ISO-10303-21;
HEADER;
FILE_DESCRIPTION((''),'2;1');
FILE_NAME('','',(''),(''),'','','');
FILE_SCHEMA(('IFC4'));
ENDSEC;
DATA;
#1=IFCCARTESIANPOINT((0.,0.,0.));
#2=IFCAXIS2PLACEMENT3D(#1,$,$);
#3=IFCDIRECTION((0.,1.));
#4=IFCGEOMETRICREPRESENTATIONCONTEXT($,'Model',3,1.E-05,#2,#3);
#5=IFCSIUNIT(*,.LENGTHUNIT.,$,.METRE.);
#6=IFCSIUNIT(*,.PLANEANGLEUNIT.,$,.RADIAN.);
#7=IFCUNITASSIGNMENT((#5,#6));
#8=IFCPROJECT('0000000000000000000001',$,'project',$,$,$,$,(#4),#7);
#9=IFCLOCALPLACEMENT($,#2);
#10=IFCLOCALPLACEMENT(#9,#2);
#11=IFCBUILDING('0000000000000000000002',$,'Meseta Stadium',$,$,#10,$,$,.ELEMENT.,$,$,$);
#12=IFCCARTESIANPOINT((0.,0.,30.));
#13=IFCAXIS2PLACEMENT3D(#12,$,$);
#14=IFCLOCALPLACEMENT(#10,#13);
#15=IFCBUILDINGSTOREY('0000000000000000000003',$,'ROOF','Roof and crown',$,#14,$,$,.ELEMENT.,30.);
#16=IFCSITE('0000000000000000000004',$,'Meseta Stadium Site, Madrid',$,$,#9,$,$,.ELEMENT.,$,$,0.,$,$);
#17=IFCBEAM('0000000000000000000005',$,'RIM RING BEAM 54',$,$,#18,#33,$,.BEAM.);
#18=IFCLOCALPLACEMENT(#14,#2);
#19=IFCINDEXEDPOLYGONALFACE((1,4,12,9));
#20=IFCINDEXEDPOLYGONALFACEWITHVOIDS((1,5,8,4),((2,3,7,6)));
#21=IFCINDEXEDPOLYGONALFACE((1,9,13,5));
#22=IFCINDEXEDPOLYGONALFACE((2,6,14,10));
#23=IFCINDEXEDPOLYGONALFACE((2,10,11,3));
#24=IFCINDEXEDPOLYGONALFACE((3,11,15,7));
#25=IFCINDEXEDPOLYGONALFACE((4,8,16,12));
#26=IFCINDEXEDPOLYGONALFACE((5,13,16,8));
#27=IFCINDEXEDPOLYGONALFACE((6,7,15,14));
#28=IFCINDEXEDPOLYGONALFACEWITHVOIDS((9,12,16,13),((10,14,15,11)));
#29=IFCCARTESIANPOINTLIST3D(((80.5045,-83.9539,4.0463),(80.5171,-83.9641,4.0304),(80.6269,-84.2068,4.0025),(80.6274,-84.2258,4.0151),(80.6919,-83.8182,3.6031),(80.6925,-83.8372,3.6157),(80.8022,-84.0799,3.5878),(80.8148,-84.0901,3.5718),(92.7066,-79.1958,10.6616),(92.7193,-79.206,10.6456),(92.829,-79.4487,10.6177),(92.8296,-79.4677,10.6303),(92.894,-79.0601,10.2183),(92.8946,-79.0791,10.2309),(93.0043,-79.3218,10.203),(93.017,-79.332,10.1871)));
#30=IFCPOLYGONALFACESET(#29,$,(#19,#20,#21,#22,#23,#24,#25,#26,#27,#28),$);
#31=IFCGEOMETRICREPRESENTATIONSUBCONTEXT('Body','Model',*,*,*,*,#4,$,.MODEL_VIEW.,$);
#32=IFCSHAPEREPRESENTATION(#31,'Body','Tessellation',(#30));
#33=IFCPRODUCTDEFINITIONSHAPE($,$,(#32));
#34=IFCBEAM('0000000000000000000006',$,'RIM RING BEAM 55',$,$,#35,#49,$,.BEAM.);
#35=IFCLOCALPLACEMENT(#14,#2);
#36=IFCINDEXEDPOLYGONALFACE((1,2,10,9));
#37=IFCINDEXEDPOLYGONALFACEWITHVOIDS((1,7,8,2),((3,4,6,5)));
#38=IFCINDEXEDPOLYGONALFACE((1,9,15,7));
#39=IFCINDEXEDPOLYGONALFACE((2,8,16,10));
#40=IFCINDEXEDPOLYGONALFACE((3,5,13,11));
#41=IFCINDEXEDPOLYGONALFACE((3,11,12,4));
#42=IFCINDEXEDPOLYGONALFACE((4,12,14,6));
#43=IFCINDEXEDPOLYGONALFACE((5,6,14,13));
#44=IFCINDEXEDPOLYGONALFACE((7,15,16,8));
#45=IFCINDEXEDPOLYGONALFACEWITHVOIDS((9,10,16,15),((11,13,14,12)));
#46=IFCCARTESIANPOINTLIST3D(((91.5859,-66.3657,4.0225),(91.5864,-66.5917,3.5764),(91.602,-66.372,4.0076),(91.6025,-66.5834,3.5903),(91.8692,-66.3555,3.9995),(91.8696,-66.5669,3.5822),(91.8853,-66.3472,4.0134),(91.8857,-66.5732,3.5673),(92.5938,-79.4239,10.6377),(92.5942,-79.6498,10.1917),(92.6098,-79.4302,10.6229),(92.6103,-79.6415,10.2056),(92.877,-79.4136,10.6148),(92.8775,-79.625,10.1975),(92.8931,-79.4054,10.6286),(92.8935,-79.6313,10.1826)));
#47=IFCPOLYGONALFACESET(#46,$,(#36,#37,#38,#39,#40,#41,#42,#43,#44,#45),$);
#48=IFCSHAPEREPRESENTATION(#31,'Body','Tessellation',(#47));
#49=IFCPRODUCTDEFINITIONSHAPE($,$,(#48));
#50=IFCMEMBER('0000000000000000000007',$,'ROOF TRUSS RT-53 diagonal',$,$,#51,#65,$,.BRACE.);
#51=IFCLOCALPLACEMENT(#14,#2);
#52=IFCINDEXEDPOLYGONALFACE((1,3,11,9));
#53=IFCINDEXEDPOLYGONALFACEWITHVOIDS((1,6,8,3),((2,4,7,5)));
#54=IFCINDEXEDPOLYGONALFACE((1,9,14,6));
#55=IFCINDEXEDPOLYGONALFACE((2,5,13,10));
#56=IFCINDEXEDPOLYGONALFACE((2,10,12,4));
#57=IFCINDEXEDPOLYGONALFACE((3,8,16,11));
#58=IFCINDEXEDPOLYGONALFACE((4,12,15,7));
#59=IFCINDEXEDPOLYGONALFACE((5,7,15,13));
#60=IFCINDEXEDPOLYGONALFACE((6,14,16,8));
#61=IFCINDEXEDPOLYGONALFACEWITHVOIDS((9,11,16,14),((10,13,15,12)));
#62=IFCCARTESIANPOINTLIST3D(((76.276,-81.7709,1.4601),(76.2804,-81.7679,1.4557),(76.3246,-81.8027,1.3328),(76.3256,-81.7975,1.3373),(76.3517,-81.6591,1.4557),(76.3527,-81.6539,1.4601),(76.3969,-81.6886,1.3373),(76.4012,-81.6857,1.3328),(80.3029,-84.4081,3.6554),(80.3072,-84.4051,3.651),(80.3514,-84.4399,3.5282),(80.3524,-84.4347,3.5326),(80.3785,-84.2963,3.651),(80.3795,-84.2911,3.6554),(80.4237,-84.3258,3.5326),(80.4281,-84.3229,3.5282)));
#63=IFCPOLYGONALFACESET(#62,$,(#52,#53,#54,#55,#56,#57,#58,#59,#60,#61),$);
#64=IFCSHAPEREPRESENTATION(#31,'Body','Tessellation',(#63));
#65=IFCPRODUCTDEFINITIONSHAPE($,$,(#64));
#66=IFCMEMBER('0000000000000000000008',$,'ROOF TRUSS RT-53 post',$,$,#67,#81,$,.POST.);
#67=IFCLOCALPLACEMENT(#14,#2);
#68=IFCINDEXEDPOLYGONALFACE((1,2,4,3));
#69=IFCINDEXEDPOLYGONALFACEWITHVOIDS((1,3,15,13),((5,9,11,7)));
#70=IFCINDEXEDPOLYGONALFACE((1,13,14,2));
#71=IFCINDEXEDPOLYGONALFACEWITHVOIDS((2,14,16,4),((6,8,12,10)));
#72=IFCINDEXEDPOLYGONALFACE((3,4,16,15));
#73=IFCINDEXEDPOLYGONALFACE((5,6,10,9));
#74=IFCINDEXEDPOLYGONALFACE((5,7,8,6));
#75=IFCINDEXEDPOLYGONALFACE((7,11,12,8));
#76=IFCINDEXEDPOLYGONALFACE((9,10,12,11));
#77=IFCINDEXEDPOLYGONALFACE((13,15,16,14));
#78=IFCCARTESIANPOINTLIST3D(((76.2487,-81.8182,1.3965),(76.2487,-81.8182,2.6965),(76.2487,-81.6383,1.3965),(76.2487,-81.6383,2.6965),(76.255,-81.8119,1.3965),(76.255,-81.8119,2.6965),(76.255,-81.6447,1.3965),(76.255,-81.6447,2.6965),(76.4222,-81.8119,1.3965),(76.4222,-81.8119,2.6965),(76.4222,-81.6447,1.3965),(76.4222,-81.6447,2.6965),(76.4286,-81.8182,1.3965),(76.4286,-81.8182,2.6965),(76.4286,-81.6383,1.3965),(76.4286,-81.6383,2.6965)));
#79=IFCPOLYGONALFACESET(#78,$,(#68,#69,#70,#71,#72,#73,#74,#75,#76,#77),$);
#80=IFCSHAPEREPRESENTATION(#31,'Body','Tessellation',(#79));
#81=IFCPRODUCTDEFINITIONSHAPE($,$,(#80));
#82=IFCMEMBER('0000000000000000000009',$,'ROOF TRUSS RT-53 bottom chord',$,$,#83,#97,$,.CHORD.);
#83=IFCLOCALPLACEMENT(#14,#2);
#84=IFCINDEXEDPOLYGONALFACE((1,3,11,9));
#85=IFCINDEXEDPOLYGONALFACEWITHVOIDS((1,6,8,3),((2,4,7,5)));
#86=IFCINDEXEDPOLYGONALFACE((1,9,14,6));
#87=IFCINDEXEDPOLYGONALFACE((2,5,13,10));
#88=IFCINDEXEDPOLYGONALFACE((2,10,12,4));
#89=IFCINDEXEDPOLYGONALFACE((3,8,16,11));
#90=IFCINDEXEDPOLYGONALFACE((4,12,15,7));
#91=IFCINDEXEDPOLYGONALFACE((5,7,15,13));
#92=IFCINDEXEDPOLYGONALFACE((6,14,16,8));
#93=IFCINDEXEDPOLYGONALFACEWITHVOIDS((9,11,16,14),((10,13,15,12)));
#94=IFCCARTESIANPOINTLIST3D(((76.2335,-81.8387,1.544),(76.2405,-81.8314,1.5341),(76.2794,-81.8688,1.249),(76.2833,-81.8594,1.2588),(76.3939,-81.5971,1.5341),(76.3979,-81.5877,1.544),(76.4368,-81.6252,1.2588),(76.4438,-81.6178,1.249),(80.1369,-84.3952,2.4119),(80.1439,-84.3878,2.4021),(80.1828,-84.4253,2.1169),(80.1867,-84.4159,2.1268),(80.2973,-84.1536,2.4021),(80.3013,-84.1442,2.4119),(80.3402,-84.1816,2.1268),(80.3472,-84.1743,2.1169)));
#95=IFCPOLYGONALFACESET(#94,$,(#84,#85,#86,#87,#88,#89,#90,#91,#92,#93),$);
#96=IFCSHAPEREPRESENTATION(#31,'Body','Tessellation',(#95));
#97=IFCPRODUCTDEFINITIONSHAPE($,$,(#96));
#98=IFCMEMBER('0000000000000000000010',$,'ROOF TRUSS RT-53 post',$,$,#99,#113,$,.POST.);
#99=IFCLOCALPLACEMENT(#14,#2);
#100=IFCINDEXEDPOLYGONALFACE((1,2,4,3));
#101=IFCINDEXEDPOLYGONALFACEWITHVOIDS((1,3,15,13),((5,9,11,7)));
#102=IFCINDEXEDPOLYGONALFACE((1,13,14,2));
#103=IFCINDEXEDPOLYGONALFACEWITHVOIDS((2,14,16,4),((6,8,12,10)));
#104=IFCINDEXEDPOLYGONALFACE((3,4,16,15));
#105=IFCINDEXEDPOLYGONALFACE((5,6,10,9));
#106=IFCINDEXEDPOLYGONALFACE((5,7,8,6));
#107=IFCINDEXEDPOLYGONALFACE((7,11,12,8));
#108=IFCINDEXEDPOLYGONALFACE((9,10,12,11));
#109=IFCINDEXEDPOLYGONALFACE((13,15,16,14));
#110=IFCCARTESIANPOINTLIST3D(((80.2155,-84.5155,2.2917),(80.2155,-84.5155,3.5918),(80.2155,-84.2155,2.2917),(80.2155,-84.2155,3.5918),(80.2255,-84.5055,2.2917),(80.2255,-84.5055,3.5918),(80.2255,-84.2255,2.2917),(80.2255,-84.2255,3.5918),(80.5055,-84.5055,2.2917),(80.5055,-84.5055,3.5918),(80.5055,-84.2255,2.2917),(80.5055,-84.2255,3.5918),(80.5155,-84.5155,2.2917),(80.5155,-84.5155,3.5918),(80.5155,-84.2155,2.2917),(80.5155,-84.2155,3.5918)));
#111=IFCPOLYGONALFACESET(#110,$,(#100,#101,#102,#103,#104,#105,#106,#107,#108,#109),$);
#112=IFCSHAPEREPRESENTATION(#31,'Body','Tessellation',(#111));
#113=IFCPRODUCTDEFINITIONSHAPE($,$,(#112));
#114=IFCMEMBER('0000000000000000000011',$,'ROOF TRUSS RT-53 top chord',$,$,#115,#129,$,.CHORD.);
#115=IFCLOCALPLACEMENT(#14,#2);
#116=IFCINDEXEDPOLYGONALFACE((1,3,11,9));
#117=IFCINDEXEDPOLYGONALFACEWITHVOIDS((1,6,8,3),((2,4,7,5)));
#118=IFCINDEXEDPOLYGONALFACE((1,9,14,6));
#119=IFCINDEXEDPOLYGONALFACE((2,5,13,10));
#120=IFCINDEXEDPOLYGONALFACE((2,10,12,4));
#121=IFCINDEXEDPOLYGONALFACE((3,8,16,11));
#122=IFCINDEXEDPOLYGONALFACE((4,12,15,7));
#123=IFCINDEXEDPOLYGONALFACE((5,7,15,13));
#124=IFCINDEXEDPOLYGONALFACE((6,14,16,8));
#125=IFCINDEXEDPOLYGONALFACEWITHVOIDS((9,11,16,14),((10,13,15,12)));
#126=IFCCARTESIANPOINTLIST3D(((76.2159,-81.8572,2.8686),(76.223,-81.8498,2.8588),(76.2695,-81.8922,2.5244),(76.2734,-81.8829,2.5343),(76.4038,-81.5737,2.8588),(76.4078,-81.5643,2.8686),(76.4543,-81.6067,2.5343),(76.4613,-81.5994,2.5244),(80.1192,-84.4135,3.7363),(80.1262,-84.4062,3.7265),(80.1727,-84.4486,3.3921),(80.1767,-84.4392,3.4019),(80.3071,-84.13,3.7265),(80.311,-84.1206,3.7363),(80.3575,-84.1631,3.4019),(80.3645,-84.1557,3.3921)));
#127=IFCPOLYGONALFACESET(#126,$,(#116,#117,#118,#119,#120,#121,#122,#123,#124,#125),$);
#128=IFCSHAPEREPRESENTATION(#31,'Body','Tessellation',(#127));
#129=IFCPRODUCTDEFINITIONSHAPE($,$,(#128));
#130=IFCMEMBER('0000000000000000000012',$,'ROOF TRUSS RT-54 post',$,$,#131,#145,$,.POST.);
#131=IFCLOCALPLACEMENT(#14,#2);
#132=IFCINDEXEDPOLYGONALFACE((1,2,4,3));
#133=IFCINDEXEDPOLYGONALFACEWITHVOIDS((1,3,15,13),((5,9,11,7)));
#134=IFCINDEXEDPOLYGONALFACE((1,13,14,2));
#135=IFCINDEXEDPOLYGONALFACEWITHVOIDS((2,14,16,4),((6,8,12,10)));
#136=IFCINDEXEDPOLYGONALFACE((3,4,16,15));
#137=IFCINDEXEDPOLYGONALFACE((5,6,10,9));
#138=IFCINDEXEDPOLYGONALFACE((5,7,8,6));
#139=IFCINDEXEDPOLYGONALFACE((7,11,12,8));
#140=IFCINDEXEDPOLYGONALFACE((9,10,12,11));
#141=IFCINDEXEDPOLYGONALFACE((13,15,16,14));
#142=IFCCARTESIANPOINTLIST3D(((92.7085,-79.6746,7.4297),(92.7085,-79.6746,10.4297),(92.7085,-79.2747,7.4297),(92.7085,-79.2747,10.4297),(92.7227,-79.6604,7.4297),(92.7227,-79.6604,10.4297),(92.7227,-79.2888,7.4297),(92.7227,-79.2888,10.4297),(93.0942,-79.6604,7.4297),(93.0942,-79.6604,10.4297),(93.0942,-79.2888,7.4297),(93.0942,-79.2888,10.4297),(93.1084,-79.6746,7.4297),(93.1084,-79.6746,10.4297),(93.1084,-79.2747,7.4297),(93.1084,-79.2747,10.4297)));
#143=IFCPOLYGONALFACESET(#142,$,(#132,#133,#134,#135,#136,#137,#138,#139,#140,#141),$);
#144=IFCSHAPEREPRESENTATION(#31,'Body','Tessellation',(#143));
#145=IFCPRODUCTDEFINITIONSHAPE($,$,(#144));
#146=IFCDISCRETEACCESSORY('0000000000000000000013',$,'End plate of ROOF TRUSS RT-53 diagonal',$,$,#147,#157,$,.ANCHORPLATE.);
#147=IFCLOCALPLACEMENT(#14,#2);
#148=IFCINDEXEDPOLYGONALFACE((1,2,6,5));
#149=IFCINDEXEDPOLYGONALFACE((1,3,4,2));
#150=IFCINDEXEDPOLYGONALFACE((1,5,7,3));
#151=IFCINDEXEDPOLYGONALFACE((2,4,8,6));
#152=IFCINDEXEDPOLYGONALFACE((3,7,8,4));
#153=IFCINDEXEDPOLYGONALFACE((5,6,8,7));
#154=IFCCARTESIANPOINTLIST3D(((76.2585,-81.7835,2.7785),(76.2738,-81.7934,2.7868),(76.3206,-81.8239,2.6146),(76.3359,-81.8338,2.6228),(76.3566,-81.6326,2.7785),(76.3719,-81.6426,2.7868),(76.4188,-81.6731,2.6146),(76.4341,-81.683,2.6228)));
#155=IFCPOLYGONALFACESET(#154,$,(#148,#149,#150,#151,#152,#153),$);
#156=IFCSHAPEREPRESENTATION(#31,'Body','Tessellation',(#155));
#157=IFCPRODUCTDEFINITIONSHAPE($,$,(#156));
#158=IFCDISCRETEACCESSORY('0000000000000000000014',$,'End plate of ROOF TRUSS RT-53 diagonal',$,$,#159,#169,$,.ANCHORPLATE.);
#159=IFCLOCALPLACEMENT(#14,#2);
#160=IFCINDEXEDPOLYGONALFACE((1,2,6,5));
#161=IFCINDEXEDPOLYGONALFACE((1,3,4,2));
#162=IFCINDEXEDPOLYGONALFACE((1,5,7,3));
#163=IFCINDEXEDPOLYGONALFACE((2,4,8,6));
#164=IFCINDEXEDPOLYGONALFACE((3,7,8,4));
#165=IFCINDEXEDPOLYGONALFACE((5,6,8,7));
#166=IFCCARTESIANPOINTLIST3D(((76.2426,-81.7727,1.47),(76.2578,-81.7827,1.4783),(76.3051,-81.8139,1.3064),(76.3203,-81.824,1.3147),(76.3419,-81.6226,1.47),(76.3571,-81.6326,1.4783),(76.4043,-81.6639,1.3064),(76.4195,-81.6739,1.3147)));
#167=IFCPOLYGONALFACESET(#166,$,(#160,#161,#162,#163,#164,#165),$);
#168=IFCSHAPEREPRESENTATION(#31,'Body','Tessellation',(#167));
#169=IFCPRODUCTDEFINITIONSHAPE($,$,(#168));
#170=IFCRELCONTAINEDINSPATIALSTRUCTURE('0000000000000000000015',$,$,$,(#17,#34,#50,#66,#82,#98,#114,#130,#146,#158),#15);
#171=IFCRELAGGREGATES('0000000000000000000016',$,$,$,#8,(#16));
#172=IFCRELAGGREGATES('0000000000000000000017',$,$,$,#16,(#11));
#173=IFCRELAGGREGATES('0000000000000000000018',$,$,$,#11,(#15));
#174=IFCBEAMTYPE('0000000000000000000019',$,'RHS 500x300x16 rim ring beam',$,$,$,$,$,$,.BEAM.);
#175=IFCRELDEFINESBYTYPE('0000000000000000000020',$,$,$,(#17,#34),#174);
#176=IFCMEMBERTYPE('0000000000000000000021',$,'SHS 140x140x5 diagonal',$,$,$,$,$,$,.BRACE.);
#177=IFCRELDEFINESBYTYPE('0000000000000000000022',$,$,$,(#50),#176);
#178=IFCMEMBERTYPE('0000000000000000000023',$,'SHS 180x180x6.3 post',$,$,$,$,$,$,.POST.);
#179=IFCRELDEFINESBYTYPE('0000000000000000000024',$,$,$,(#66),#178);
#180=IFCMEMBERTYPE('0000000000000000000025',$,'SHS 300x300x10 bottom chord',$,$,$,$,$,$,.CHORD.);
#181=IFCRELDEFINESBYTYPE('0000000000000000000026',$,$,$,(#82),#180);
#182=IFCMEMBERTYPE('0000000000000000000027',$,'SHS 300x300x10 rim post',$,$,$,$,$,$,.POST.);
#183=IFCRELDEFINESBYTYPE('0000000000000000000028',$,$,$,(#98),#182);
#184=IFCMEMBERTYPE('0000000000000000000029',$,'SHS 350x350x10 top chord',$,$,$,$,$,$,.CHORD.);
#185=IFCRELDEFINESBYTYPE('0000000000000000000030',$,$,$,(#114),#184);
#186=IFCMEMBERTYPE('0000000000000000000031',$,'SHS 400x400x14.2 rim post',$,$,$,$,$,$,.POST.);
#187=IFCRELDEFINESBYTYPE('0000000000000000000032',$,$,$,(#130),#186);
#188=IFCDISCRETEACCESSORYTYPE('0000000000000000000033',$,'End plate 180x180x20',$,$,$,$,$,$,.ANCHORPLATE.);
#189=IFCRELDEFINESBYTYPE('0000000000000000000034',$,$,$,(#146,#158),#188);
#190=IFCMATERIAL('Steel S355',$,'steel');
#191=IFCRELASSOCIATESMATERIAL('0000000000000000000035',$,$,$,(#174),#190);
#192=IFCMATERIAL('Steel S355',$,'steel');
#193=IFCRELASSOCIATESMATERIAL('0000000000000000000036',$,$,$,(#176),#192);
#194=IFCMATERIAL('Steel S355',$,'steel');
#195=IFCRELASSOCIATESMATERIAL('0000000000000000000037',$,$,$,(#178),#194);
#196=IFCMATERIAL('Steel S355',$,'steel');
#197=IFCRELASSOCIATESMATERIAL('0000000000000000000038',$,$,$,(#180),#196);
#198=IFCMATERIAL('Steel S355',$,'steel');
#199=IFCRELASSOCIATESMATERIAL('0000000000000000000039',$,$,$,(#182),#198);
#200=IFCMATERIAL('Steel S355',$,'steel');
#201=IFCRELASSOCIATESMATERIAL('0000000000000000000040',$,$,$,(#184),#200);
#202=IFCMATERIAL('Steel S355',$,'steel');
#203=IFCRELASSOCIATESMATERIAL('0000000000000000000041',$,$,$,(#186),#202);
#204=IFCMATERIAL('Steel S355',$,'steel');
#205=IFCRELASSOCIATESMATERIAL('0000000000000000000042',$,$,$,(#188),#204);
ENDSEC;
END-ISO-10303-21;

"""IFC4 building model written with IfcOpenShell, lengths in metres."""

from ifc_helpers import new_model, si_unit, direction, frame, origin, origin_2d, place, context, subcontext, project, spatial, rectangle, hollow_rectangle, extrude, material, material_profile, profile_set, type_object, element, save


model = new_model("IFC4")

# Units and contexts
model_context = context("Model", 3, precision=1e-05, world=origin(), true_north=direction((0.0, 1.0)))
body_context = subcontext(model_context, "Body", "Model", "MODEL_VIEW")
ifc_project = project(units=[si_unit("LENGTHUNIT", "METRE"), si_unit("PLANEANGLEUNIT", "RADIAN")], contexts=[model_context])

# Site, building, storey
site_placement = place(None, origin())
site = spatial("IfcSite", under=ifc_project, at=site_placement, Name="Meseta Stadium Site, Madrid", CompositionType="ELEMENT", RefElevation=0.0)
building_placement = place(site_placement, origin())
building = spatial("IfcBuilding", under=site, at=building_placement, Name="Meseta Stadium", CompositionType="ELEMENT")
storey_placement = place(building_placement, frame((0.0, 0.0, 30.0)))
storey = spatial("IfcBuildingStorey", under=building, at=storey_placement, Name="ROOF", Description="Roof and crown", CompositionType="ELEMENT", Elevation=30.0)

# Beams
ifc_material_1 = material(Name="Steel S355", Category="steel")
ifc_material_profile_1 = material_profile(ifc_material_1, hollow_rectangle(XDim=0.3, YDim=0.5, WallThickness=0.0161, at=origin_2d()), Name="RHS 500x300x16")
ifc_profile_set_1 = profile_set([ifc_material_profile_1], Name="Steel S355")
beam_type = type_object("IfcBeamType", Name="RHS 500x300x16 rim ring beam", PredefinedType="BEAM", material=ifc_profile_set_1)
for number, where, z_axis, x_axis, name in (
    (1, (80.6597, -84.022, 3.8091), (0.831613, 0.324276, 0.450848), (-0.40981, 0.906209, 0.104119), "RIM RING BEAM 54"),
    (2, (92.7437, -79.5276, 10.4102), (-0.068686, 0.889953, -0.45085), (-0.997638, -0.061677, 0.03024), "RIM RING BEAM 55"),
):
    element("IfcBeam", number, at=place(storey_placement, frame(where, z_axis=z_axis, x_axis=x_axis)), inside=storey, type_object=beam_type, Name=name, PredefinedType="BEAM", context=body_context, shape_type="SweptSolid", body=[
        extrude(hollow_rectangle(XDim=0.3, YDim=0.5, WallThickness=0.0161, at=origin_2d()), origin(), (0.0, 0.0, 1.0), 14.6729),
    ])

# Members
ifc_material_2 = material(Name="Steel S355", Category="steel")
ifc_material_profile_2 = material_profile(ifc_material_2, hollow_rectangle(XDim=0.1399, YDim=0.1399, WallThickness=0.0049, at=origin_2d()), Name="SHS 140x140x5")
ifc_profile_set_2 = profile_set([ifc_material_profile_2], Name="Steel S355")
member_type_1 = type_object("IfcMemberType", Name="SHS 140x140x5 diagonal", PredefinedType="BRACE", material=ifc_profile_set_2)
member_1_placement = place(storey_placement, frame((76.3386, -81.7283, 1.3965), z_axis=(0.761142, -0.498476, 0.41495), x_axis=(0.54787, 0.836564, 0.0)))
element("IfcMember", 3, at=member_1_placement, inside=storey, type_object=member_type_1, Name="ROOF TRUSS RT-53 diagonal", PredefinedType="BRACE", context=body_context, shape_type="SweptSolid", body=[
    extrude(hollow_rectangle(XDim=0.1399, YDim=0.1399, WallThickness=0.0049, at=origin_2d()), origin(), (0.0, 0.0, 1.0), 5.2905),
])
ifc_material_3 = material(Name="Steel S355", Category="steel")
ifc_material_profile_3 = material_profile(ifc_material_3, hollow_rectangle(XDim=0.1799, YDim=0.1799, WallThickness=0.0063, at=origin_2d()), Name="SHS 180x180x6.3")
ifc_profile_set_3 = profile_set([ifc_material_profile_3], Name="Steel S355")
member_type_2 = type_object("IfcMemberType", Name="SHS 180x180x6.3 post", PredefinedType="POST", material=ifc_profile_set_3)
member_2_placement = place(storey_placement, frame((76.3386, -81.7283, 1.3965), z_axis=(0.0, 0.0, 1.0), x_axis=(1.0, 0.0, 0.0)))
element("IfcMember", 4, at=member_2_placement, inside=storey, type_object=member_type_2, Name="ROOF TRUSS RT-53 post", PredefinedType="POST", context=body_context, shape_type="SweptSolid", body=[
    extrude(hollow_rectangle(XDim=0.1799, YDim=0.1799, WallThickness=0.0063, at=origin_2d()), origin(), (0.0, 0.0, 1.0), 1.3),
])
ifc_material_4 = material(Name="Steel S355", Category="steel")
ifc_material_profile_4 = material_profile(ifc_material_4, hollow_rectangle(XDim=0.3, YDim=0.3, WallThickness=0.01, at=origin_2d()), Name="SHS 300x300x10")
ifc_profile_set_4 = profile_set([ifc_material_profile_4], Name="Steel S355")
member_type_3 = type_object("IfcMemberType", Name="SHS 300x300x10 bottom chord", PredefinedType="CHORD", material=ifc_profile_set_4)
member_3_placement = place(storey_placement, frame((76.3386, -81.7283, 1.3965), z_axis=(0.822447, -0.538644, 0.182875), x_axis=(0.547884, 0.836555, 0.0)))
element("IfcMember", 5, at=member_3_placement, inside=storey, type_object=member_type_3, Name="ROOF TRUSS RT-53 bottom chord", PredefinedType="CHORD", context=body_context, shape_type="SweptSolid", body=[
    extrude(hollow_rectangle(XDim=0.3, YDim=0.3, WallThickness=0.01, at=origin_2d()), origin(), (0.0, 0.0, 1.0), 4.7461),
])
ifc_material_5 = material(Name="Steel S355", Category="steel")
ifc_material_profile_5 = material_profile(ifc_material_5, hollow_rectangle(XDim=0.3, YDim=0.3, WallThickness=0.01, at=origin_2d()), Name="SHS 300x300x10")
ifc_profile_set_5 = profile_set([ifc_material_profile_5], Name="Steel S355")
member_type_4 = type_object("IfcMemberType", Name="SHS 300x300x10 rim post", PredefinedType="POST", material=ifc_profile_set_5)
member_4_placement = place(storey_placement, frame((80.3655, -84.3655, 2.2917), z_axis=(0.0, 0.0, 1.0), x_axis=(1.0, 0.0, 0.0)))
element("IfcMember", 6, at=member_4_placement, inside=storey, type_object=member_type_4, Name="ROOF TRUSS RT-53 post", PredefinedType="POST", context=body_context, shape_type="SweptSolid", body=[
    extrude(hollow_rectangle(XDim=0.3, YDim=0.3, WallThickness=0.01, at=origin_2d()), origin(), (0.0, 0.0, 1.0), 1.3),
])
ifc_material_6 = material(Name="Steel S355", Category="steel")
ifc_material_profile_6 = material_profile(ifc_material_6, hollow_rectangle(XDim=0.3501, YDim=0.3501, WallThickness=0.01, at=origin_2d()), Name="SHS 350x350x10")
ifc_profile_set_6 = profile_set([ifc_material_profile_6], Name="Steel S355")
member_type_5 = type_object("IfcMemberType", Name="SHS 350x350x10 top chord", PredefinedType="CHORD", material=ifc_profile_set_6)
member_5_placement = place(storey_placement, frame((76.3386, -81.7283, 2.6965), z_axis=(0.822455, -0.538649, 0.182825), x_axis=(0.547884, 0.836555, 0.0)))
element("IfcMember", 7, at=member_5_placement, inside=storey, type_object=member_type_5, Name="ROOF TRUSS RT-53 top chord", PredefinedType="CHORD", context=body_context, shape_type="SweptSolid", body=[
    extrude(hollow_rectangle(XDim=0.3501, YDim=0.3501, WallThickness=0.01, at=origin_2d()), origin(), (0.0, 0.0, 1.0), 4.7458),
])
ifc_material_7 = material(Name="Steel S355", Category="steel")
ifc_material_profile_7 = material_profile(ifc_material_7, hollow_rectangle(XDim=0.3999, YDim=0.3999, WallThickness=0.0142, at=origin_2d()), Name="SHS 400x400x14.2")
ifc_profile_set_7 = profile_set([ifc_material_profile_7], Name="Steel S355")
member_type_6 = type_object("IfcMemberType", Name="SHS 400x400x14.2 rim post", PredefinedType="POST", material=ifc_profile_set_7)
member_6_placement = place(storey_placement, frame((92.9084, -79.4746, 7.4297), z_axis=(0.0, 0.0, 1.0), x_axis=(1.0, 0.0, 0.0)))
element("IfcMember", 8, at=member_6_placement, inside=storey, type_object=member_type_6, Name="ROOF TRUSS RT-54 post", PredefinedType="POST", context=body_context, shape_type="SweptSolid", body=[
    extrude(hollow_rectangle(XDim=0.3999, YDim=0.3999, WallThickness=0.0142, at=origin_2d()), origin(), (0.0, 0.0, 1.0), 3.0),
])

# Discrete accessories
ifc_material_8 = material(Name="Steel S355", Category="steel")
ifc_material_profile_8 = material_profile(ifc_material_8, rectangle(XDim=0.1799, YDim=0.1799, at=origin_2d()), Name="PL 180x180")
ifc_profile_set_8 = profile_set([ifc_material_profile_8], Name="Steel S355")
discrete_accessory_type_1 = type_object("IfcDiscreteAccessoryType", Name="End plate 180x180x20", PredefinedType="ANCHORPLATE", material=ifc_profile_set_8)
for number, where, z_axis, x_axis, name in (
    (9, (76.3386, -81.7283, 2.6965), (0.76365, -0.496979, 0.412129), (0.545456, 0.83814, 0.0), "End plate of ROOF TRUSS RT-53 diagonal"),
    (10, (76.3235, -81.7183, 1.3882), (0.758527, -0.501606, 0.415966), (0.551592, 0.834114, 0.0), "End plate of ROOF TRUSS RT-53 diagonal"),
):
    element("IfcDiscreteAccessory", number, at=place(storey_placement, frame(where, z_axis=z_axis, x_axis=x_axis)), inside=storey, type_object=discrete_accessory_type_1, Name=name, PredefinedType="ANCHORPLATE", context=body_context, shape_type="SweptSolid", body=[
        extrude(rectangle(XDim=0.1799, YDim=0.1799, at=origin_2d()), origin(), (0.0, 0.0, 1.0), 0.02),
    ])

save(model, "model.ifc")
